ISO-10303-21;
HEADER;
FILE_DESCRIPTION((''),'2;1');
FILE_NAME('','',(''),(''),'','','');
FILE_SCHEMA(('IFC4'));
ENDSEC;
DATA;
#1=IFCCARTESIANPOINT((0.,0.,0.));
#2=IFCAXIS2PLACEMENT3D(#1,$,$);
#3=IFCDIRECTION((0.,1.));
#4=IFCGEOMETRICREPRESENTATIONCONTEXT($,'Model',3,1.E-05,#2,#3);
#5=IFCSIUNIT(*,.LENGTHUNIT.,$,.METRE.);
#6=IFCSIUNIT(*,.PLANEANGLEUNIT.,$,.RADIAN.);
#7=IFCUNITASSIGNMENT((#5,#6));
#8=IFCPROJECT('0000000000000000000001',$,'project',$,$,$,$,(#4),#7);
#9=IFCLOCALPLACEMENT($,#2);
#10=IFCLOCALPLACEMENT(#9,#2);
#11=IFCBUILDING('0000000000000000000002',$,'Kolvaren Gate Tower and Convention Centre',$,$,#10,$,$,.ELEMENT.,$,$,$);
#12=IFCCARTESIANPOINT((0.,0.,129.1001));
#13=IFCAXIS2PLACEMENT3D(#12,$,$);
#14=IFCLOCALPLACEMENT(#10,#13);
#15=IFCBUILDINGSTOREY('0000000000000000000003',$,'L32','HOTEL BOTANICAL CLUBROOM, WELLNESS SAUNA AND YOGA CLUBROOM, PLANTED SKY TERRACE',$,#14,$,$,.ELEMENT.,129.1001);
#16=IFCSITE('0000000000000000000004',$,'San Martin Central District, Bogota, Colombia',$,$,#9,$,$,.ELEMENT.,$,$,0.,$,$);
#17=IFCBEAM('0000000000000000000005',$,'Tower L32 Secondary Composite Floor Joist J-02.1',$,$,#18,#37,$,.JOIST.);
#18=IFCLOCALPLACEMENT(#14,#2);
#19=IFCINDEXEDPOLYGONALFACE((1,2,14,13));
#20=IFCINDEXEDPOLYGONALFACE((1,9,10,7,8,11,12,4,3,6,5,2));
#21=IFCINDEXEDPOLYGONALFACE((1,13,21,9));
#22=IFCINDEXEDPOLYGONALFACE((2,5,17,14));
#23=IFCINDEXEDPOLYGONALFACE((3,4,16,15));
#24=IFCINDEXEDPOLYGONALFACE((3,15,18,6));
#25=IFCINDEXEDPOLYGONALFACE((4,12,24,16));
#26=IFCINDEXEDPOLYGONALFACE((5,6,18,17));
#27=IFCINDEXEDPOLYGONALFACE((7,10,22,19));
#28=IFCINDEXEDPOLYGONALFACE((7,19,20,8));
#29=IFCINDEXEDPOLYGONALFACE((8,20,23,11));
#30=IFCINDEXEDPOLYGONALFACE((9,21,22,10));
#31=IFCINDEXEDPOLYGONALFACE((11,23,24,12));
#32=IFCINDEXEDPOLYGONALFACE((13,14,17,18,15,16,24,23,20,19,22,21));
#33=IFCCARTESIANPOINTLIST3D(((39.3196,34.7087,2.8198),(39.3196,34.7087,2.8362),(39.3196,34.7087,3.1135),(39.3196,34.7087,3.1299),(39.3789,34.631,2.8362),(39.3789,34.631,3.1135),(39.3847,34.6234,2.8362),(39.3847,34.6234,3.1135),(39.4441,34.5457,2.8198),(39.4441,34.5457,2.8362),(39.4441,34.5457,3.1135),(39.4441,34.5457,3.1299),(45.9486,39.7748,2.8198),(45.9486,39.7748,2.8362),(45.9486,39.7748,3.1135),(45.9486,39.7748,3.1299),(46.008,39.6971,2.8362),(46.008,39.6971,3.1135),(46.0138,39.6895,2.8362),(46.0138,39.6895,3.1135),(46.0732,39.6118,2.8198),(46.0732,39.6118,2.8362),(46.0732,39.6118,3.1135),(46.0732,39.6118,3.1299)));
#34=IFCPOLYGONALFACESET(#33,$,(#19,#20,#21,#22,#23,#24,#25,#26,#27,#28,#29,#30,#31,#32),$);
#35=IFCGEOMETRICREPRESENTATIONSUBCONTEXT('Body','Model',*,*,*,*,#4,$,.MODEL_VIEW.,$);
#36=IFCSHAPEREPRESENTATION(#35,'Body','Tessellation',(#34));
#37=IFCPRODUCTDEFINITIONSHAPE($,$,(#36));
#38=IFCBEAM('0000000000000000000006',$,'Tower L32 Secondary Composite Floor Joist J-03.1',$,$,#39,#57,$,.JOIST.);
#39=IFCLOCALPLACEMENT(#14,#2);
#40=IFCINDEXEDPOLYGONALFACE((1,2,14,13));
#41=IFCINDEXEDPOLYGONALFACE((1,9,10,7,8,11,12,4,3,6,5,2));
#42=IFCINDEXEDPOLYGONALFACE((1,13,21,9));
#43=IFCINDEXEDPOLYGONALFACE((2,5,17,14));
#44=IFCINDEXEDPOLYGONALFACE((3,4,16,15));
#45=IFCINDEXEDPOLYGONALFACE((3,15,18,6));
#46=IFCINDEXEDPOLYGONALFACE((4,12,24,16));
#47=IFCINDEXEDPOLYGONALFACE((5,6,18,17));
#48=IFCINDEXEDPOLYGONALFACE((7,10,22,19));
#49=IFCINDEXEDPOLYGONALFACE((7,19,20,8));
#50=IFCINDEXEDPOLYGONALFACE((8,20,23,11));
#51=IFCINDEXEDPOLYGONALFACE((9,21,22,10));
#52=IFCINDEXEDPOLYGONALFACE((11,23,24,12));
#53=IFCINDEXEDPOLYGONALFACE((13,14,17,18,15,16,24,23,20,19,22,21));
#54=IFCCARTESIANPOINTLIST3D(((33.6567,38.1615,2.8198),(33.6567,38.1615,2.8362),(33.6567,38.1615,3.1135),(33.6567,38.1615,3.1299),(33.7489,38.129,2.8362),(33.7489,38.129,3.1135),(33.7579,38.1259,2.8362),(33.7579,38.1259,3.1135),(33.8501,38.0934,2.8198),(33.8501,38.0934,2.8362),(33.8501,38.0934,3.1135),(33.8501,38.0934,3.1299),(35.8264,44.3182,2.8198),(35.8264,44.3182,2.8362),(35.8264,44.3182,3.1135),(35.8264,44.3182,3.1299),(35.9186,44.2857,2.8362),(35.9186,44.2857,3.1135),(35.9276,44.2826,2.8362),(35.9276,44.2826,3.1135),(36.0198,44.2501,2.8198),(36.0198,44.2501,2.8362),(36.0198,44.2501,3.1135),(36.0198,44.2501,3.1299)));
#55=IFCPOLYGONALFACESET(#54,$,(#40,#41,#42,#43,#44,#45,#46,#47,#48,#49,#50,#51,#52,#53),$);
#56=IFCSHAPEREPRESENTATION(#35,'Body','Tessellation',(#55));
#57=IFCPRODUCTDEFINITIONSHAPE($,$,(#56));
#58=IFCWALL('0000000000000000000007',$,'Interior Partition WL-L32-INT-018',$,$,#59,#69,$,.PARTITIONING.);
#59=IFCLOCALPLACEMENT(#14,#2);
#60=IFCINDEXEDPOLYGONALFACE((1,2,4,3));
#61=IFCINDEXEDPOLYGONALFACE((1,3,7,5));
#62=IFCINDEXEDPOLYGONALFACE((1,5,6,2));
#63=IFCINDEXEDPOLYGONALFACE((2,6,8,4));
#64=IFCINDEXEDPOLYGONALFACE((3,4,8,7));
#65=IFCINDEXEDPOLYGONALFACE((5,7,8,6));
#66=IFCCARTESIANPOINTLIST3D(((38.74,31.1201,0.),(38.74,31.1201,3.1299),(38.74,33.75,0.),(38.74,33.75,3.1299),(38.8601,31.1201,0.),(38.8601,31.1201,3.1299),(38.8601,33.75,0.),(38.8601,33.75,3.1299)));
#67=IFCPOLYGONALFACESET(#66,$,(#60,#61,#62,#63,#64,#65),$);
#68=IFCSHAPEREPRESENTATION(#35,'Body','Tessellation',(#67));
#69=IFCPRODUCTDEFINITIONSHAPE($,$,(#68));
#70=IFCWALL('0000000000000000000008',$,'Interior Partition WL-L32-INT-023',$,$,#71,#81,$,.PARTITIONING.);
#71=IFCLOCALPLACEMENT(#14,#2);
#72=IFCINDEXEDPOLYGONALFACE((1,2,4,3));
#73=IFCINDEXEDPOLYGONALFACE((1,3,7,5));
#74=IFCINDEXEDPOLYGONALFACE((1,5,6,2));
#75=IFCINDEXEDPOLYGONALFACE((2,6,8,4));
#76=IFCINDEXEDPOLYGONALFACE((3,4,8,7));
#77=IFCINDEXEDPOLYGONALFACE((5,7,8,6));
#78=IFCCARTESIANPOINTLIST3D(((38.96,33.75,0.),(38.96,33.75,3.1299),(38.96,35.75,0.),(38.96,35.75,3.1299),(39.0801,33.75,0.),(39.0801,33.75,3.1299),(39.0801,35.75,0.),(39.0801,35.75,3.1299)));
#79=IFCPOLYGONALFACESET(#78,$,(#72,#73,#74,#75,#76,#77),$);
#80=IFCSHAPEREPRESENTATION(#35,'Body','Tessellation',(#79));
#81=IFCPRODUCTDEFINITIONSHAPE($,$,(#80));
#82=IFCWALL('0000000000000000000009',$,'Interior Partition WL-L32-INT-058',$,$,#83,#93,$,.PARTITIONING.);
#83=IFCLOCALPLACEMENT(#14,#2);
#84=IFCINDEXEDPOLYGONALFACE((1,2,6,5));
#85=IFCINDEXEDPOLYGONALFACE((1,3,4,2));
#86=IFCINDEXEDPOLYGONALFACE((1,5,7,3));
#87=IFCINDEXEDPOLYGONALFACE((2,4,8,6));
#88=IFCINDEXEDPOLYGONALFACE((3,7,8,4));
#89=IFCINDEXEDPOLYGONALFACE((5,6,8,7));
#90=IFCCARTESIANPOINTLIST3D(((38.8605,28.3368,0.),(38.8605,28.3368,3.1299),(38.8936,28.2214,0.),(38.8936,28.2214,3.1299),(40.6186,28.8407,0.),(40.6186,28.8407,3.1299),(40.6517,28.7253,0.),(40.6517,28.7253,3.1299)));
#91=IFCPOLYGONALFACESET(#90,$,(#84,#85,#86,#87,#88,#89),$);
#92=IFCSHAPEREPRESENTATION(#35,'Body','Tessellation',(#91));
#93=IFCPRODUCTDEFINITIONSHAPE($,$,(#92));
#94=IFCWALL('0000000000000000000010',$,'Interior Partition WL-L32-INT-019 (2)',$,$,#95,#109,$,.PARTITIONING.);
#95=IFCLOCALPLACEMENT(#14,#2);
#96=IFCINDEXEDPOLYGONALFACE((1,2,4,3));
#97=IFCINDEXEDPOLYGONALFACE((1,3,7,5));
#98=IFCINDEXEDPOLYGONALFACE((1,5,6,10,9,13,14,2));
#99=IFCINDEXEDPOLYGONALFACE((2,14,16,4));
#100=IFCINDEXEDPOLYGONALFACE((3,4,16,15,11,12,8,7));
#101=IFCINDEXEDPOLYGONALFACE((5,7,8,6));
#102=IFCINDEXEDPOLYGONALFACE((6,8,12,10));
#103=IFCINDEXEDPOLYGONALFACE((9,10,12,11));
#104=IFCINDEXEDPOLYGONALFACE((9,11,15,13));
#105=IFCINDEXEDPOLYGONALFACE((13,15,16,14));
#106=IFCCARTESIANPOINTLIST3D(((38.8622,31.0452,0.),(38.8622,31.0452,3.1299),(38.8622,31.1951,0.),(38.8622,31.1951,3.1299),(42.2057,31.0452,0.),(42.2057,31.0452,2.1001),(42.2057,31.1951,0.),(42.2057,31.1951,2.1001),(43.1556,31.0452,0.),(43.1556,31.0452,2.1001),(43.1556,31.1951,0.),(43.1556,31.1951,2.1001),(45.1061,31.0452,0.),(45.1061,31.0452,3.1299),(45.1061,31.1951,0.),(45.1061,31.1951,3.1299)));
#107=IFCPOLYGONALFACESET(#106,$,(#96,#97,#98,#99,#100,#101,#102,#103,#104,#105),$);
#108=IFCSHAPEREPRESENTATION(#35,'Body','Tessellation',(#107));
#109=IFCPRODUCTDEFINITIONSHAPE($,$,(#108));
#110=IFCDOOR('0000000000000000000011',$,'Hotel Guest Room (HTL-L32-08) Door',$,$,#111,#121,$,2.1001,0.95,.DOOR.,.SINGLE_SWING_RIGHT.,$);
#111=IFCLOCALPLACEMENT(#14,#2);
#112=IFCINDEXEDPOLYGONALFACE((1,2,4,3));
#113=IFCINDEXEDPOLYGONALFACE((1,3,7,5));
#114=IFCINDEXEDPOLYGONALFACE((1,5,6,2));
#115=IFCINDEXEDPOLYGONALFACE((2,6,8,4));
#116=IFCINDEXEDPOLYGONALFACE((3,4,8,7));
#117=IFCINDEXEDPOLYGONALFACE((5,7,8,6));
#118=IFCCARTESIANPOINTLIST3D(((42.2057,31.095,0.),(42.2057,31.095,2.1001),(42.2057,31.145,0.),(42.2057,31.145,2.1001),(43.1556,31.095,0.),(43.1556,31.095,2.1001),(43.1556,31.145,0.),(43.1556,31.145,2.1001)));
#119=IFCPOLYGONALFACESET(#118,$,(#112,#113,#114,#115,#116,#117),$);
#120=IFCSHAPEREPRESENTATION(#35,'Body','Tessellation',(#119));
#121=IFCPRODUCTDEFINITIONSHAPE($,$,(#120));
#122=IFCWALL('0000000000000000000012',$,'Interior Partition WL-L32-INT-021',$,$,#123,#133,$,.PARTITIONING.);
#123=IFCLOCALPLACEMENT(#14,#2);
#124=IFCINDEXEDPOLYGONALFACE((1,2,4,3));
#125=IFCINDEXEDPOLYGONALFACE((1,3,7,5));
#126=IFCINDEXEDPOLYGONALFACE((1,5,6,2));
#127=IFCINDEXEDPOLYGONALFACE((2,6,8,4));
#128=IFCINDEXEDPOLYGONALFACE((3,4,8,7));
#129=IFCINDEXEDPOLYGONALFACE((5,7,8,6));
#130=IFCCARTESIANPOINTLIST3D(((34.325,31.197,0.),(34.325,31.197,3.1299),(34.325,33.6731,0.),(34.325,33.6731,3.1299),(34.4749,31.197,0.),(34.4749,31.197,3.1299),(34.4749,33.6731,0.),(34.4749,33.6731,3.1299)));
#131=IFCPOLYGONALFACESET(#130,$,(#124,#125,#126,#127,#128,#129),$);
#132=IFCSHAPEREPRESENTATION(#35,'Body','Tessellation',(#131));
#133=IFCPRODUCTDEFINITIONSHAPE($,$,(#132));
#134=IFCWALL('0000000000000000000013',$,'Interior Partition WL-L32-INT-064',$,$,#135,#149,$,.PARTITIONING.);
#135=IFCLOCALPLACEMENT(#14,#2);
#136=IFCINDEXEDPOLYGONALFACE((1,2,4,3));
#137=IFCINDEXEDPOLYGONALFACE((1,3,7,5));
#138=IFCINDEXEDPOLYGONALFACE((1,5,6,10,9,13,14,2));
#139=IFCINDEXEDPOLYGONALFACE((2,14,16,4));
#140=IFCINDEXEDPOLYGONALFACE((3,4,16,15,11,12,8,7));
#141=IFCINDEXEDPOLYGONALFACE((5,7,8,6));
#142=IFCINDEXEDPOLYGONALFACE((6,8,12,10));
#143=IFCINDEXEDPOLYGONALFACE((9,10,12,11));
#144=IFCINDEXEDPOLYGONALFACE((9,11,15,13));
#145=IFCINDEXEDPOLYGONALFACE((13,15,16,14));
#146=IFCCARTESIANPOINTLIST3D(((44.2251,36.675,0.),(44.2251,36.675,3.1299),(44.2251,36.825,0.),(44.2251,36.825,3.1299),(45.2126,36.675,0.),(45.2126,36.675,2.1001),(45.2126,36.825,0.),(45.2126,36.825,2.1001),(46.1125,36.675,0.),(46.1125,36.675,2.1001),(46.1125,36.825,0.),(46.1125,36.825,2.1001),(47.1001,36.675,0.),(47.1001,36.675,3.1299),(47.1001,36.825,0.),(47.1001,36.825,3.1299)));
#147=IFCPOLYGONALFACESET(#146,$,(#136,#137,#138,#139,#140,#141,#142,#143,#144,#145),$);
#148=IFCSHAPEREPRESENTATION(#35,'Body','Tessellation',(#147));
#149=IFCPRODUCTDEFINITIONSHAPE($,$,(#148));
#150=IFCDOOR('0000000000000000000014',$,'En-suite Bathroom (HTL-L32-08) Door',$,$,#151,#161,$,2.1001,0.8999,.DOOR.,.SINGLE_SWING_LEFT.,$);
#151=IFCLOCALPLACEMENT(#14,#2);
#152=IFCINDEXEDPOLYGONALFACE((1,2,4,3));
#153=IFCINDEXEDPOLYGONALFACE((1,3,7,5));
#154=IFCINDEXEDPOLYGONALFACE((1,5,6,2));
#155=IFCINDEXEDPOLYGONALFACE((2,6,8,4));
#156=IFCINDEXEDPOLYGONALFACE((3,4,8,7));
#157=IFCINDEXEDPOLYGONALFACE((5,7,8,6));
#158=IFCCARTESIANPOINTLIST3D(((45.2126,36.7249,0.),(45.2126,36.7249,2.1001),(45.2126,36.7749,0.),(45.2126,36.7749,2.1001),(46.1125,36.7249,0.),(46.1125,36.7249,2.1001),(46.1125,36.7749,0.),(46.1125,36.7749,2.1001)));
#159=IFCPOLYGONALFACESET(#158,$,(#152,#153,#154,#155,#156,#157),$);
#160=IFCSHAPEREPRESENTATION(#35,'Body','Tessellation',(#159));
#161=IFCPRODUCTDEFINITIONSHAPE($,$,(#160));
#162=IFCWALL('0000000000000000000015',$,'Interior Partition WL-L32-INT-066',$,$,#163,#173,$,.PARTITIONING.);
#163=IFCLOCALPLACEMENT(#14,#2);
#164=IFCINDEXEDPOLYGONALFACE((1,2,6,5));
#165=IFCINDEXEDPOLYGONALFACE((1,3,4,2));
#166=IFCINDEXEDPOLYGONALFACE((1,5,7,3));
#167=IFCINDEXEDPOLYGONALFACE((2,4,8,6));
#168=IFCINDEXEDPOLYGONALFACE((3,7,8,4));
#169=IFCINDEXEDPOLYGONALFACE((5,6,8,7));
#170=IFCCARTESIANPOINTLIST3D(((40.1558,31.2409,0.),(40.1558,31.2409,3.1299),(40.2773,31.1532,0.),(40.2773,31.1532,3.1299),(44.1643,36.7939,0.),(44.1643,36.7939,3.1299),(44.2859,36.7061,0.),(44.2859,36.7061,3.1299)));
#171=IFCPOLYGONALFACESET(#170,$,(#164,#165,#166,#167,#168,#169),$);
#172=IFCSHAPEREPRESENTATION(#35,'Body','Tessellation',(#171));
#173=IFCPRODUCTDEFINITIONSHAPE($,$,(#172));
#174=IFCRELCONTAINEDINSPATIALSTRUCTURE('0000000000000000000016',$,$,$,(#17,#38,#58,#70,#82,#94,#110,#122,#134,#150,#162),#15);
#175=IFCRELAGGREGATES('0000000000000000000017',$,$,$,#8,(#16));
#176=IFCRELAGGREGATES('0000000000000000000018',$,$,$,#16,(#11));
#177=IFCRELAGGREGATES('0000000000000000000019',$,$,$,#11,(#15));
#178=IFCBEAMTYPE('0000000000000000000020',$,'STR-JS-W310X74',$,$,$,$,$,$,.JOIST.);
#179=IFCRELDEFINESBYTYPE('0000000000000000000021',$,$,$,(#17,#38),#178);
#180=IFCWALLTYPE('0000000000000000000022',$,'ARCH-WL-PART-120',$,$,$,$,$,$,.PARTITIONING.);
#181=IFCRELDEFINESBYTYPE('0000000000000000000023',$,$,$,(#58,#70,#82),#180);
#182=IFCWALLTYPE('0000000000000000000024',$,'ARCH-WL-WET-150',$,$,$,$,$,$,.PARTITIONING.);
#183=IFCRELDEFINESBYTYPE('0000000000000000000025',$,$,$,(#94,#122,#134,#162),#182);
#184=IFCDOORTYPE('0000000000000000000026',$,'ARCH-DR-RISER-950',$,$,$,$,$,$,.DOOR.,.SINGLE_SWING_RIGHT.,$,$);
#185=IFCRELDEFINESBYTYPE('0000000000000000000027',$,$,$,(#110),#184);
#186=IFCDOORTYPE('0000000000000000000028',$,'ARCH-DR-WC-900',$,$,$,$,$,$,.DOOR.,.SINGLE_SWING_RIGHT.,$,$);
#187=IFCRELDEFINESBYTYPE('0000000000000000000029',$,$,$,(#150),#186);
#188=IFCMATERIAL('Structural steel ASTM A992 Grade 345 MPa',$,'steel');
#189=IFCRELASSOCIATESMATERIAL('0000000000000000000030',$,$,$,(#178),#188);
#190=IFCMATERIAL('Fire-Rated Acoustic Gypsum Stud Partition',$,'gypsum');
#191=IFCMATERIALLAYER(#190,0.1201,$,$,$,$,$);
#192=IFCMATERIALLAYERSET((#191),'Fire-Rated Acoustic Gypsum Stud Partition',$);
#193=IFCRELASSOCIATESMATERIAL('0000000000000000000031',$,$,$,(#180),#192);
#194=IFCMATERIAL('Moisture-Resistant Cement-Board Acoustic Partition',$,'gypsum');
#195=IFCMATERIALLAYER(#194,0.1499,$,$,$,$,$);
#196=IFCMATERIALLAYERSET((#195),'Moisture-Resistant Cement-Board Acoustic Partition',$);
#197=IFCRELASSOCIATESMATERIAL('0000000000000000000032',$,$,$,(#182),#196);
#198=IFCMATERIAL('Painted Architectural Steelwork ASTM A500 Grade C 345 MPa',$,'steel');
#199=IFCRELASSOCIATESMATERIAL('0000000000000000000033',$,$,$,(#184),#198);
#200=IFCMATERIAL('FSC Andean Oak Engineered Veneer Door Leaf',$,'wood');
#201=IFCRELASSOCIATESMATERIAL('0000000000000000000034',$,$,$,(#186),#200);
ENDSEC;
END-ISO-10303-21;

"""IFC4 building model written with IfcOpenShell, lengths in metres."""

from ifc_helpers import new_model, si_unit, direction, frame, frame_2d, origin, origin_2d, place, context, subcontext, project, spatial, rectangle, i_section, extrude, material, layer, layer_set, material_profile, profile_set, type_object, element, fill, save


model = new_model("IFC4")

# Units and contexts
model_context = context("Model", 3, precision=1e-05, world=origin(), true_north=direction((0.0, 1.0)))
body_context = subcontext(model_context, "Body", "Model", "MODEL_VIEW")
ifc_project = project(units=[si_unit("LENGTHUNIT", "METRE"), si_unit("PLANEANGLEUNIT", "RADIAN")], contexts=[model_context])

# Site, building, storey
site_placement = place(None, origin())
site = spatial("IfcSite", under=ifc_project, at=site_placement, Name="San Martin Central District, Bogota, Colombia", CompositionType="ELEMENT", RefElevation=0.0)
building_placement = place(site_placement, origin())
building = spatial("IfcBuilding", under=site, at=building_placement, Name="Kolvaren Gate Tower and Convention Centre", CompositionType="ELEMENT")
storey_placement = place(building_placement, frame((0.0, 0.0, 129.1001)))
storey = spatial("IfcBuildingStorey", under=building, at=storey_placement, Name="L32", Description="HOTEL BOTANICAL CLUBROOM, WELLNESS SAUNA AND YOGA CLUBROOM, PLANTED SKY TERRACE", CompositionType="ELEMENT", Elevation=129.1001)

# Beams
ifc_material_1 = material(Name="Structural steel ASTM A992 Grade 345 MPa", Category="steel")
ifc_material_profile_1 = material_profile(ifc_material_1, i_section(OverallWidth=0.2051, OverallDepth=0.3101, WebThickness=0.0095, FlangeThickness=0.0164, at=origin_2d()), Name="W310X74")
ifc_profile_set_1 = profile_set([ifc_material_profile_1], Name="Structural steel ASTM A992 Grade 345 MPa")
beam_type_1 = type_object("IfcBeamType", Name="STR-JS-W310X74", PredefinedType="JOIST", material=ifc_profile_set_1)
beam_1_placement = place(storey_placement, frame((39.3818, 34.6272, 2.9749), z_axis=(0.794542, 0.607209, 0.0), x_axis=(-0.607209, 0.794542, 0.0)))
element("IfcBeam", 1, at=beam_1_placement, inside=storey, type_object=beam_type_1, Name="Tower L32 Secondary Composite Floor Joist J-02.1", PredefinedType="JOIST", context=body_context, shape_type="SweptSolid", body=[
    extrude(i_section(OverallWidth=0.2051, OverallDepth=0.3101, WebThickness=0.0095, FlangeThickness=0.0164, at=origin_2d()), origin(), (0.0, 0.0, 1.0), 8.3433),
])
beam_2_placement = place(storey_placement, frame((33.7534, 38.1274, 2.9749), z_axis=(0.332372, 0.943148, 0.0), x_axis=(-0.943148, 0.332372, 0.0)))
element("IfcBeam", 2, at=beam_2_placement, inside=storey, type_object=beam_type_1, Name="Tower L32 Secondary Composite Floor Joist J-03.1", PredefinedType="JOIST", context=body_context, shape_type="SweptSolid", body=[
    extrude(i_section(OverallWidth=0.2051, OverallDepth=0.3101, WebThickness=0.0095, FlangeThickness=0.0164, at=origin_2d()), origin(), (0.0, 0.0, 1.0), 6.5278),
])

# Walls
ifc_material_2 = material(Name="Fire-Rated Acoustic Gypsum Stud Partition", Category="gypsum")
ifc_layer_1 = layer(ifc_material_2, 0.1201)
ifc_layer_set_1 = layer_set([ifc_layer_1], Name="Fire-Rated Acoustic Gypsum Stud Partition")
wall_type_1 = type_object("IfcWallType", Name="ARCH-WL-PART-120", PredefinedType="PARTITIONING", material=ifc_layer_set_1)
wall_1_placement = place(storey_placement, frame((38.8, 31.1201, 0.0), z_axis=(0.0, 0.0, 1.0), x_axis=(0.0, 1.0, 0.0)))
element("IfcWall", 3, at=wall_1_placement, inside=storey, type_object=wall_type_1, Name="Interior Partition WL-L32-INT-018", PredefinedType="PARTITIONING", context=body_context, shape_type="SweptSolid", body=[
    extrude(rectangle(XDim=2.6299, YDim=0.1201, at=frame_2d((1.3149, 0.0))), origin(), (0.0, 0.0, 1.0), 3.1299),
])
wall_2_placement = place(storey_placement, frame((39.02, 33.75, 0.0), z_axis=(0.0, 0.0, 1.0), x_axis=(0.0, 1.0, 0.0)))
element("IfcWall", 4, at=wall_2_placement, inside=storey, type_object=wall_type_1, Name="Interior Partition WL-L32-INT-023", PredefinedType="PARTITIONING", context=body_context, shape_type="SweptSolid", body=[
    extrude(rectangle(XDim=2.0, YDim=0.1201, at=frame_2d((1.0, 0.0))), origin(), (0.0, 0.0, 1.0), 3.1299),
])
wall_3_placement = place(storey_placement, frame((38.877, 28.2791, 0.0), z_axis=(0.0, 0.0, 1.0), x_axis=(0.961292, 0.275532, 0.0)))
element("IfcWall", 5, at=wall_3_placement, inside=storey, type_object=wall_type_1, Name="Interior Partition WL-L32-INT-058", PredefinedType="PARTITIONING", context=body_context, shape_type="SweptSolid", body=[
    extrude(rectangle(XDim=1.8289, YDim=0.1201, at=frame_2d((0.9146, 0.0))), origin(), (0.0, 0.0, 1.0), 3.1299),
])

# Wall, opening, door
ifc_material_3 = material(Name="Moisture-Resistant Cement-Board Acoustic Partition", Category="gypsum")
ifc_layer_2 = layer(ifc_material_3, 0.1499)
ifc_layer_set_2 = layer_set([ifc_layer_2], Name="Moisture-Resistant Cement-Board Acoustic Partition")
wall_type_2 = type_object("IfcWallType", Name="ARCH-WL-WET-150", PredefinedType="PARTITIONING", material=ifc_layer_set_2)
wall_4_placement = place(storey_placement, frame((38.8621, 31.1201, 0.0), z_axis=(0.0, 0.0, 1.0), x_axis=(1.0, 0.0, 0.0)))
wall_4 = element("IfcWall", 6, at=wall_4_placement, inside=storey, type_object=wall_type_2, Name="Interior Partition WL-L32-INT-019 (2)", PredefinedType="PARTITIONING", context=body_context, shape_type="SweptSolid", body=[
    extrude(rectangle(XDim=6.2439, YDim=0.1499, at=frame_2d((3.1221, 0.0))), origin(), (0.0, 0.0, 1.0), 3.1299),
])
opening_1_placement = place(wall_4_placement, frame((3.3435, 0.0, 0.0)))
opening_1 = element("IfcOpeningElement", 7, at=opening_1_placement, cuts=wall_4, PredefinedType="OPENING", context=body_context, shape_type="SweptSolid", body=[
    extrude(rectangle(XDim=0.95, YDim=2.1001, at=frame_2d((0.4751, 1.05))), frame((0.0, 0.085, 0.0), z_axis=(0.0, -1.0, 0.0), x_axis=(1.0, 0.0, 0.0)), (0.0, 0.0, 1.0), 0.1699),
])
ifc_material_4 = material(Name="Painted Architectural Steelwork ASTM A500 Grade C 345 MPa", Category="steel")
door_type_1 = type_object("IfcDoorType", Name="ARCH-DR-RISER-950", OperationType="SINGLE_SWING_RIGHT", PredefinedType="DOOR", material=ifc_material_4)
door_1_placement = place(opening_1_placement, origin())
door_1 = element("IfcDoor", 8, at=door_1_placement, inside=storey, type_object=door_type_1, Name="Hotel Guest Room (HTL-L32-08) Door", OperationType="SINGLE_SWING_RIGHT", OverallHeight=2.1001, OverallWidth=0.95, PredefinedType="DOOR", context=body_context, shape_type="SweptSolid", body=[
    extrude(rectangle(XDim=0.95, YDim=2.1001, at=frame_2d((0.4751, 1.05))), frame((0.0, 0.0249, 0.0), z_axis=(0.0, -1.0, 0.0), x_axis=(1.0, 0.0, 0.0)), (0.0, 0.0, 1.0), 0.05),
])
fill(opening_1, door_1)

# Wall
wall_5_placement = place(storey_placement, frame((34.3999, 31.197, 0.0), z_axis=(0.0, 0.0, 1.0), x_axis=(0.0, 1.0, 0.0)))
element("IfcWall", 9, at=wall_5_placement, inside=storey, type_object=wall_type_2, Name="Interior Partition WL-L32-INT-021", PredefinedType="PARTITIONING", context=body_context, shape_type="SweptSolid", body=[
    extrude(rectangle(XDim=2.4761, YDim=0.1499, at=frame_2d((1.238, 0.0))), origin(), (0.0, 0.0, 1.0), 3.1299),
])

# Wall, opening, door
wall_6_placement = place(storey_placement, frame((44.2251, 36.75, 0.0), z_axis=(0.0, 0.0, 1.0), x_axis=(1.0, 0.0, 0.0)))
wall_6 = element("IfcWall", 10, at=wall_6_placement, inside=storey, type_object=wall_type_2, Name="Interior Partition WL-L32-INT-064", PredefinedType="PARTITIONING", context=body_context, shape_type="SweptSolid", body=[
    extrude(rectangle(XDim=2.875, YDim=0.1499, at=frame_2d((1.4375, 0.0))), origin(), (0.0, 0.0, 1.0), 3.1299),
])
opening_2_placement = place(wall_6_placement, frame((0.9875, 0.0, 0.0)))
opening_2 = element("IfcOpeningElement", 11, at=opening_2_placement, cuts=wall_6, PredefinedType="OPENING", context=body_context, shape_type="SweptSolid", body=[
    extrude(rectangle(XDim=0.8999, YDim=2.1001, at=frame_2d((0.45, 1.05))), frame((0.0, 0.085, 0.0), z_axis=(0.0, -1.0, 0.0), x_axis=(1.0, 0.0, 0.0)), (0.0, 0.0, 1.0), 0.1699),
])
ifc_material_5 = material(Name="FSC Andean Oak Engineered Veneer Door Leaf", Category="wood")
door_type_2 = type_object("IfcDoorType", Name="ARCH-DR-WC-900", OperationType="SINGLE_SWING_RIGHT", PredefinedType="DOOR", material=ifc_material_5)
door_2_placement = place(opening_2_placement, origin())
door_2 = element("IfcDoor", 12, at=door_2_placement, inside=storey, type_object=door_type_2, Name="En-suite Bathroom (HTL-L32-08) Door", OperationType="SINGLE_SWING_LEFT", OverallHeight=2.1001, OverallWidth=0.8999, PredefinedType="DOOR", context=body_context, shape_type="SweptSolid", body=[
    extrude(rectangle(XDim=0.8999, YDim=2.1001, at=frame_2d((0.45, 1.05))), frame((0.0, 0.0249, 0.0), z_axis=(0.0, -1.0, 0.0), x_axis=(1.0, 0.0, 0.0)), (0.0, 0.0, 1.0), 0.05),
])
fill(opening_2, door_2)

# Wall
wall_7_placement = place(storey_placement, frame((40.2166, 31.197, 0.0), z_axis=(0.0, 0.0, 1.0), x_axis=(0.585304, 0.810814, 0.0)))
element("IfcWall", 13, at=wall_7_placement, inside=storey, type_object=wall_type_2, Name="Interior Partition WL-L32-INT-066", PredefinedType="PARTITIONING", context=body_context, shape_type="SweptSolid", body=[
    extrude(rectangle(XDim=6.8486, YDim=0.1499, at=frame_2d((3.4243, 0.0))), origin(), (0.0, 0.0, 1.0), 3.1299),
])

save(model, "model.ifc")
